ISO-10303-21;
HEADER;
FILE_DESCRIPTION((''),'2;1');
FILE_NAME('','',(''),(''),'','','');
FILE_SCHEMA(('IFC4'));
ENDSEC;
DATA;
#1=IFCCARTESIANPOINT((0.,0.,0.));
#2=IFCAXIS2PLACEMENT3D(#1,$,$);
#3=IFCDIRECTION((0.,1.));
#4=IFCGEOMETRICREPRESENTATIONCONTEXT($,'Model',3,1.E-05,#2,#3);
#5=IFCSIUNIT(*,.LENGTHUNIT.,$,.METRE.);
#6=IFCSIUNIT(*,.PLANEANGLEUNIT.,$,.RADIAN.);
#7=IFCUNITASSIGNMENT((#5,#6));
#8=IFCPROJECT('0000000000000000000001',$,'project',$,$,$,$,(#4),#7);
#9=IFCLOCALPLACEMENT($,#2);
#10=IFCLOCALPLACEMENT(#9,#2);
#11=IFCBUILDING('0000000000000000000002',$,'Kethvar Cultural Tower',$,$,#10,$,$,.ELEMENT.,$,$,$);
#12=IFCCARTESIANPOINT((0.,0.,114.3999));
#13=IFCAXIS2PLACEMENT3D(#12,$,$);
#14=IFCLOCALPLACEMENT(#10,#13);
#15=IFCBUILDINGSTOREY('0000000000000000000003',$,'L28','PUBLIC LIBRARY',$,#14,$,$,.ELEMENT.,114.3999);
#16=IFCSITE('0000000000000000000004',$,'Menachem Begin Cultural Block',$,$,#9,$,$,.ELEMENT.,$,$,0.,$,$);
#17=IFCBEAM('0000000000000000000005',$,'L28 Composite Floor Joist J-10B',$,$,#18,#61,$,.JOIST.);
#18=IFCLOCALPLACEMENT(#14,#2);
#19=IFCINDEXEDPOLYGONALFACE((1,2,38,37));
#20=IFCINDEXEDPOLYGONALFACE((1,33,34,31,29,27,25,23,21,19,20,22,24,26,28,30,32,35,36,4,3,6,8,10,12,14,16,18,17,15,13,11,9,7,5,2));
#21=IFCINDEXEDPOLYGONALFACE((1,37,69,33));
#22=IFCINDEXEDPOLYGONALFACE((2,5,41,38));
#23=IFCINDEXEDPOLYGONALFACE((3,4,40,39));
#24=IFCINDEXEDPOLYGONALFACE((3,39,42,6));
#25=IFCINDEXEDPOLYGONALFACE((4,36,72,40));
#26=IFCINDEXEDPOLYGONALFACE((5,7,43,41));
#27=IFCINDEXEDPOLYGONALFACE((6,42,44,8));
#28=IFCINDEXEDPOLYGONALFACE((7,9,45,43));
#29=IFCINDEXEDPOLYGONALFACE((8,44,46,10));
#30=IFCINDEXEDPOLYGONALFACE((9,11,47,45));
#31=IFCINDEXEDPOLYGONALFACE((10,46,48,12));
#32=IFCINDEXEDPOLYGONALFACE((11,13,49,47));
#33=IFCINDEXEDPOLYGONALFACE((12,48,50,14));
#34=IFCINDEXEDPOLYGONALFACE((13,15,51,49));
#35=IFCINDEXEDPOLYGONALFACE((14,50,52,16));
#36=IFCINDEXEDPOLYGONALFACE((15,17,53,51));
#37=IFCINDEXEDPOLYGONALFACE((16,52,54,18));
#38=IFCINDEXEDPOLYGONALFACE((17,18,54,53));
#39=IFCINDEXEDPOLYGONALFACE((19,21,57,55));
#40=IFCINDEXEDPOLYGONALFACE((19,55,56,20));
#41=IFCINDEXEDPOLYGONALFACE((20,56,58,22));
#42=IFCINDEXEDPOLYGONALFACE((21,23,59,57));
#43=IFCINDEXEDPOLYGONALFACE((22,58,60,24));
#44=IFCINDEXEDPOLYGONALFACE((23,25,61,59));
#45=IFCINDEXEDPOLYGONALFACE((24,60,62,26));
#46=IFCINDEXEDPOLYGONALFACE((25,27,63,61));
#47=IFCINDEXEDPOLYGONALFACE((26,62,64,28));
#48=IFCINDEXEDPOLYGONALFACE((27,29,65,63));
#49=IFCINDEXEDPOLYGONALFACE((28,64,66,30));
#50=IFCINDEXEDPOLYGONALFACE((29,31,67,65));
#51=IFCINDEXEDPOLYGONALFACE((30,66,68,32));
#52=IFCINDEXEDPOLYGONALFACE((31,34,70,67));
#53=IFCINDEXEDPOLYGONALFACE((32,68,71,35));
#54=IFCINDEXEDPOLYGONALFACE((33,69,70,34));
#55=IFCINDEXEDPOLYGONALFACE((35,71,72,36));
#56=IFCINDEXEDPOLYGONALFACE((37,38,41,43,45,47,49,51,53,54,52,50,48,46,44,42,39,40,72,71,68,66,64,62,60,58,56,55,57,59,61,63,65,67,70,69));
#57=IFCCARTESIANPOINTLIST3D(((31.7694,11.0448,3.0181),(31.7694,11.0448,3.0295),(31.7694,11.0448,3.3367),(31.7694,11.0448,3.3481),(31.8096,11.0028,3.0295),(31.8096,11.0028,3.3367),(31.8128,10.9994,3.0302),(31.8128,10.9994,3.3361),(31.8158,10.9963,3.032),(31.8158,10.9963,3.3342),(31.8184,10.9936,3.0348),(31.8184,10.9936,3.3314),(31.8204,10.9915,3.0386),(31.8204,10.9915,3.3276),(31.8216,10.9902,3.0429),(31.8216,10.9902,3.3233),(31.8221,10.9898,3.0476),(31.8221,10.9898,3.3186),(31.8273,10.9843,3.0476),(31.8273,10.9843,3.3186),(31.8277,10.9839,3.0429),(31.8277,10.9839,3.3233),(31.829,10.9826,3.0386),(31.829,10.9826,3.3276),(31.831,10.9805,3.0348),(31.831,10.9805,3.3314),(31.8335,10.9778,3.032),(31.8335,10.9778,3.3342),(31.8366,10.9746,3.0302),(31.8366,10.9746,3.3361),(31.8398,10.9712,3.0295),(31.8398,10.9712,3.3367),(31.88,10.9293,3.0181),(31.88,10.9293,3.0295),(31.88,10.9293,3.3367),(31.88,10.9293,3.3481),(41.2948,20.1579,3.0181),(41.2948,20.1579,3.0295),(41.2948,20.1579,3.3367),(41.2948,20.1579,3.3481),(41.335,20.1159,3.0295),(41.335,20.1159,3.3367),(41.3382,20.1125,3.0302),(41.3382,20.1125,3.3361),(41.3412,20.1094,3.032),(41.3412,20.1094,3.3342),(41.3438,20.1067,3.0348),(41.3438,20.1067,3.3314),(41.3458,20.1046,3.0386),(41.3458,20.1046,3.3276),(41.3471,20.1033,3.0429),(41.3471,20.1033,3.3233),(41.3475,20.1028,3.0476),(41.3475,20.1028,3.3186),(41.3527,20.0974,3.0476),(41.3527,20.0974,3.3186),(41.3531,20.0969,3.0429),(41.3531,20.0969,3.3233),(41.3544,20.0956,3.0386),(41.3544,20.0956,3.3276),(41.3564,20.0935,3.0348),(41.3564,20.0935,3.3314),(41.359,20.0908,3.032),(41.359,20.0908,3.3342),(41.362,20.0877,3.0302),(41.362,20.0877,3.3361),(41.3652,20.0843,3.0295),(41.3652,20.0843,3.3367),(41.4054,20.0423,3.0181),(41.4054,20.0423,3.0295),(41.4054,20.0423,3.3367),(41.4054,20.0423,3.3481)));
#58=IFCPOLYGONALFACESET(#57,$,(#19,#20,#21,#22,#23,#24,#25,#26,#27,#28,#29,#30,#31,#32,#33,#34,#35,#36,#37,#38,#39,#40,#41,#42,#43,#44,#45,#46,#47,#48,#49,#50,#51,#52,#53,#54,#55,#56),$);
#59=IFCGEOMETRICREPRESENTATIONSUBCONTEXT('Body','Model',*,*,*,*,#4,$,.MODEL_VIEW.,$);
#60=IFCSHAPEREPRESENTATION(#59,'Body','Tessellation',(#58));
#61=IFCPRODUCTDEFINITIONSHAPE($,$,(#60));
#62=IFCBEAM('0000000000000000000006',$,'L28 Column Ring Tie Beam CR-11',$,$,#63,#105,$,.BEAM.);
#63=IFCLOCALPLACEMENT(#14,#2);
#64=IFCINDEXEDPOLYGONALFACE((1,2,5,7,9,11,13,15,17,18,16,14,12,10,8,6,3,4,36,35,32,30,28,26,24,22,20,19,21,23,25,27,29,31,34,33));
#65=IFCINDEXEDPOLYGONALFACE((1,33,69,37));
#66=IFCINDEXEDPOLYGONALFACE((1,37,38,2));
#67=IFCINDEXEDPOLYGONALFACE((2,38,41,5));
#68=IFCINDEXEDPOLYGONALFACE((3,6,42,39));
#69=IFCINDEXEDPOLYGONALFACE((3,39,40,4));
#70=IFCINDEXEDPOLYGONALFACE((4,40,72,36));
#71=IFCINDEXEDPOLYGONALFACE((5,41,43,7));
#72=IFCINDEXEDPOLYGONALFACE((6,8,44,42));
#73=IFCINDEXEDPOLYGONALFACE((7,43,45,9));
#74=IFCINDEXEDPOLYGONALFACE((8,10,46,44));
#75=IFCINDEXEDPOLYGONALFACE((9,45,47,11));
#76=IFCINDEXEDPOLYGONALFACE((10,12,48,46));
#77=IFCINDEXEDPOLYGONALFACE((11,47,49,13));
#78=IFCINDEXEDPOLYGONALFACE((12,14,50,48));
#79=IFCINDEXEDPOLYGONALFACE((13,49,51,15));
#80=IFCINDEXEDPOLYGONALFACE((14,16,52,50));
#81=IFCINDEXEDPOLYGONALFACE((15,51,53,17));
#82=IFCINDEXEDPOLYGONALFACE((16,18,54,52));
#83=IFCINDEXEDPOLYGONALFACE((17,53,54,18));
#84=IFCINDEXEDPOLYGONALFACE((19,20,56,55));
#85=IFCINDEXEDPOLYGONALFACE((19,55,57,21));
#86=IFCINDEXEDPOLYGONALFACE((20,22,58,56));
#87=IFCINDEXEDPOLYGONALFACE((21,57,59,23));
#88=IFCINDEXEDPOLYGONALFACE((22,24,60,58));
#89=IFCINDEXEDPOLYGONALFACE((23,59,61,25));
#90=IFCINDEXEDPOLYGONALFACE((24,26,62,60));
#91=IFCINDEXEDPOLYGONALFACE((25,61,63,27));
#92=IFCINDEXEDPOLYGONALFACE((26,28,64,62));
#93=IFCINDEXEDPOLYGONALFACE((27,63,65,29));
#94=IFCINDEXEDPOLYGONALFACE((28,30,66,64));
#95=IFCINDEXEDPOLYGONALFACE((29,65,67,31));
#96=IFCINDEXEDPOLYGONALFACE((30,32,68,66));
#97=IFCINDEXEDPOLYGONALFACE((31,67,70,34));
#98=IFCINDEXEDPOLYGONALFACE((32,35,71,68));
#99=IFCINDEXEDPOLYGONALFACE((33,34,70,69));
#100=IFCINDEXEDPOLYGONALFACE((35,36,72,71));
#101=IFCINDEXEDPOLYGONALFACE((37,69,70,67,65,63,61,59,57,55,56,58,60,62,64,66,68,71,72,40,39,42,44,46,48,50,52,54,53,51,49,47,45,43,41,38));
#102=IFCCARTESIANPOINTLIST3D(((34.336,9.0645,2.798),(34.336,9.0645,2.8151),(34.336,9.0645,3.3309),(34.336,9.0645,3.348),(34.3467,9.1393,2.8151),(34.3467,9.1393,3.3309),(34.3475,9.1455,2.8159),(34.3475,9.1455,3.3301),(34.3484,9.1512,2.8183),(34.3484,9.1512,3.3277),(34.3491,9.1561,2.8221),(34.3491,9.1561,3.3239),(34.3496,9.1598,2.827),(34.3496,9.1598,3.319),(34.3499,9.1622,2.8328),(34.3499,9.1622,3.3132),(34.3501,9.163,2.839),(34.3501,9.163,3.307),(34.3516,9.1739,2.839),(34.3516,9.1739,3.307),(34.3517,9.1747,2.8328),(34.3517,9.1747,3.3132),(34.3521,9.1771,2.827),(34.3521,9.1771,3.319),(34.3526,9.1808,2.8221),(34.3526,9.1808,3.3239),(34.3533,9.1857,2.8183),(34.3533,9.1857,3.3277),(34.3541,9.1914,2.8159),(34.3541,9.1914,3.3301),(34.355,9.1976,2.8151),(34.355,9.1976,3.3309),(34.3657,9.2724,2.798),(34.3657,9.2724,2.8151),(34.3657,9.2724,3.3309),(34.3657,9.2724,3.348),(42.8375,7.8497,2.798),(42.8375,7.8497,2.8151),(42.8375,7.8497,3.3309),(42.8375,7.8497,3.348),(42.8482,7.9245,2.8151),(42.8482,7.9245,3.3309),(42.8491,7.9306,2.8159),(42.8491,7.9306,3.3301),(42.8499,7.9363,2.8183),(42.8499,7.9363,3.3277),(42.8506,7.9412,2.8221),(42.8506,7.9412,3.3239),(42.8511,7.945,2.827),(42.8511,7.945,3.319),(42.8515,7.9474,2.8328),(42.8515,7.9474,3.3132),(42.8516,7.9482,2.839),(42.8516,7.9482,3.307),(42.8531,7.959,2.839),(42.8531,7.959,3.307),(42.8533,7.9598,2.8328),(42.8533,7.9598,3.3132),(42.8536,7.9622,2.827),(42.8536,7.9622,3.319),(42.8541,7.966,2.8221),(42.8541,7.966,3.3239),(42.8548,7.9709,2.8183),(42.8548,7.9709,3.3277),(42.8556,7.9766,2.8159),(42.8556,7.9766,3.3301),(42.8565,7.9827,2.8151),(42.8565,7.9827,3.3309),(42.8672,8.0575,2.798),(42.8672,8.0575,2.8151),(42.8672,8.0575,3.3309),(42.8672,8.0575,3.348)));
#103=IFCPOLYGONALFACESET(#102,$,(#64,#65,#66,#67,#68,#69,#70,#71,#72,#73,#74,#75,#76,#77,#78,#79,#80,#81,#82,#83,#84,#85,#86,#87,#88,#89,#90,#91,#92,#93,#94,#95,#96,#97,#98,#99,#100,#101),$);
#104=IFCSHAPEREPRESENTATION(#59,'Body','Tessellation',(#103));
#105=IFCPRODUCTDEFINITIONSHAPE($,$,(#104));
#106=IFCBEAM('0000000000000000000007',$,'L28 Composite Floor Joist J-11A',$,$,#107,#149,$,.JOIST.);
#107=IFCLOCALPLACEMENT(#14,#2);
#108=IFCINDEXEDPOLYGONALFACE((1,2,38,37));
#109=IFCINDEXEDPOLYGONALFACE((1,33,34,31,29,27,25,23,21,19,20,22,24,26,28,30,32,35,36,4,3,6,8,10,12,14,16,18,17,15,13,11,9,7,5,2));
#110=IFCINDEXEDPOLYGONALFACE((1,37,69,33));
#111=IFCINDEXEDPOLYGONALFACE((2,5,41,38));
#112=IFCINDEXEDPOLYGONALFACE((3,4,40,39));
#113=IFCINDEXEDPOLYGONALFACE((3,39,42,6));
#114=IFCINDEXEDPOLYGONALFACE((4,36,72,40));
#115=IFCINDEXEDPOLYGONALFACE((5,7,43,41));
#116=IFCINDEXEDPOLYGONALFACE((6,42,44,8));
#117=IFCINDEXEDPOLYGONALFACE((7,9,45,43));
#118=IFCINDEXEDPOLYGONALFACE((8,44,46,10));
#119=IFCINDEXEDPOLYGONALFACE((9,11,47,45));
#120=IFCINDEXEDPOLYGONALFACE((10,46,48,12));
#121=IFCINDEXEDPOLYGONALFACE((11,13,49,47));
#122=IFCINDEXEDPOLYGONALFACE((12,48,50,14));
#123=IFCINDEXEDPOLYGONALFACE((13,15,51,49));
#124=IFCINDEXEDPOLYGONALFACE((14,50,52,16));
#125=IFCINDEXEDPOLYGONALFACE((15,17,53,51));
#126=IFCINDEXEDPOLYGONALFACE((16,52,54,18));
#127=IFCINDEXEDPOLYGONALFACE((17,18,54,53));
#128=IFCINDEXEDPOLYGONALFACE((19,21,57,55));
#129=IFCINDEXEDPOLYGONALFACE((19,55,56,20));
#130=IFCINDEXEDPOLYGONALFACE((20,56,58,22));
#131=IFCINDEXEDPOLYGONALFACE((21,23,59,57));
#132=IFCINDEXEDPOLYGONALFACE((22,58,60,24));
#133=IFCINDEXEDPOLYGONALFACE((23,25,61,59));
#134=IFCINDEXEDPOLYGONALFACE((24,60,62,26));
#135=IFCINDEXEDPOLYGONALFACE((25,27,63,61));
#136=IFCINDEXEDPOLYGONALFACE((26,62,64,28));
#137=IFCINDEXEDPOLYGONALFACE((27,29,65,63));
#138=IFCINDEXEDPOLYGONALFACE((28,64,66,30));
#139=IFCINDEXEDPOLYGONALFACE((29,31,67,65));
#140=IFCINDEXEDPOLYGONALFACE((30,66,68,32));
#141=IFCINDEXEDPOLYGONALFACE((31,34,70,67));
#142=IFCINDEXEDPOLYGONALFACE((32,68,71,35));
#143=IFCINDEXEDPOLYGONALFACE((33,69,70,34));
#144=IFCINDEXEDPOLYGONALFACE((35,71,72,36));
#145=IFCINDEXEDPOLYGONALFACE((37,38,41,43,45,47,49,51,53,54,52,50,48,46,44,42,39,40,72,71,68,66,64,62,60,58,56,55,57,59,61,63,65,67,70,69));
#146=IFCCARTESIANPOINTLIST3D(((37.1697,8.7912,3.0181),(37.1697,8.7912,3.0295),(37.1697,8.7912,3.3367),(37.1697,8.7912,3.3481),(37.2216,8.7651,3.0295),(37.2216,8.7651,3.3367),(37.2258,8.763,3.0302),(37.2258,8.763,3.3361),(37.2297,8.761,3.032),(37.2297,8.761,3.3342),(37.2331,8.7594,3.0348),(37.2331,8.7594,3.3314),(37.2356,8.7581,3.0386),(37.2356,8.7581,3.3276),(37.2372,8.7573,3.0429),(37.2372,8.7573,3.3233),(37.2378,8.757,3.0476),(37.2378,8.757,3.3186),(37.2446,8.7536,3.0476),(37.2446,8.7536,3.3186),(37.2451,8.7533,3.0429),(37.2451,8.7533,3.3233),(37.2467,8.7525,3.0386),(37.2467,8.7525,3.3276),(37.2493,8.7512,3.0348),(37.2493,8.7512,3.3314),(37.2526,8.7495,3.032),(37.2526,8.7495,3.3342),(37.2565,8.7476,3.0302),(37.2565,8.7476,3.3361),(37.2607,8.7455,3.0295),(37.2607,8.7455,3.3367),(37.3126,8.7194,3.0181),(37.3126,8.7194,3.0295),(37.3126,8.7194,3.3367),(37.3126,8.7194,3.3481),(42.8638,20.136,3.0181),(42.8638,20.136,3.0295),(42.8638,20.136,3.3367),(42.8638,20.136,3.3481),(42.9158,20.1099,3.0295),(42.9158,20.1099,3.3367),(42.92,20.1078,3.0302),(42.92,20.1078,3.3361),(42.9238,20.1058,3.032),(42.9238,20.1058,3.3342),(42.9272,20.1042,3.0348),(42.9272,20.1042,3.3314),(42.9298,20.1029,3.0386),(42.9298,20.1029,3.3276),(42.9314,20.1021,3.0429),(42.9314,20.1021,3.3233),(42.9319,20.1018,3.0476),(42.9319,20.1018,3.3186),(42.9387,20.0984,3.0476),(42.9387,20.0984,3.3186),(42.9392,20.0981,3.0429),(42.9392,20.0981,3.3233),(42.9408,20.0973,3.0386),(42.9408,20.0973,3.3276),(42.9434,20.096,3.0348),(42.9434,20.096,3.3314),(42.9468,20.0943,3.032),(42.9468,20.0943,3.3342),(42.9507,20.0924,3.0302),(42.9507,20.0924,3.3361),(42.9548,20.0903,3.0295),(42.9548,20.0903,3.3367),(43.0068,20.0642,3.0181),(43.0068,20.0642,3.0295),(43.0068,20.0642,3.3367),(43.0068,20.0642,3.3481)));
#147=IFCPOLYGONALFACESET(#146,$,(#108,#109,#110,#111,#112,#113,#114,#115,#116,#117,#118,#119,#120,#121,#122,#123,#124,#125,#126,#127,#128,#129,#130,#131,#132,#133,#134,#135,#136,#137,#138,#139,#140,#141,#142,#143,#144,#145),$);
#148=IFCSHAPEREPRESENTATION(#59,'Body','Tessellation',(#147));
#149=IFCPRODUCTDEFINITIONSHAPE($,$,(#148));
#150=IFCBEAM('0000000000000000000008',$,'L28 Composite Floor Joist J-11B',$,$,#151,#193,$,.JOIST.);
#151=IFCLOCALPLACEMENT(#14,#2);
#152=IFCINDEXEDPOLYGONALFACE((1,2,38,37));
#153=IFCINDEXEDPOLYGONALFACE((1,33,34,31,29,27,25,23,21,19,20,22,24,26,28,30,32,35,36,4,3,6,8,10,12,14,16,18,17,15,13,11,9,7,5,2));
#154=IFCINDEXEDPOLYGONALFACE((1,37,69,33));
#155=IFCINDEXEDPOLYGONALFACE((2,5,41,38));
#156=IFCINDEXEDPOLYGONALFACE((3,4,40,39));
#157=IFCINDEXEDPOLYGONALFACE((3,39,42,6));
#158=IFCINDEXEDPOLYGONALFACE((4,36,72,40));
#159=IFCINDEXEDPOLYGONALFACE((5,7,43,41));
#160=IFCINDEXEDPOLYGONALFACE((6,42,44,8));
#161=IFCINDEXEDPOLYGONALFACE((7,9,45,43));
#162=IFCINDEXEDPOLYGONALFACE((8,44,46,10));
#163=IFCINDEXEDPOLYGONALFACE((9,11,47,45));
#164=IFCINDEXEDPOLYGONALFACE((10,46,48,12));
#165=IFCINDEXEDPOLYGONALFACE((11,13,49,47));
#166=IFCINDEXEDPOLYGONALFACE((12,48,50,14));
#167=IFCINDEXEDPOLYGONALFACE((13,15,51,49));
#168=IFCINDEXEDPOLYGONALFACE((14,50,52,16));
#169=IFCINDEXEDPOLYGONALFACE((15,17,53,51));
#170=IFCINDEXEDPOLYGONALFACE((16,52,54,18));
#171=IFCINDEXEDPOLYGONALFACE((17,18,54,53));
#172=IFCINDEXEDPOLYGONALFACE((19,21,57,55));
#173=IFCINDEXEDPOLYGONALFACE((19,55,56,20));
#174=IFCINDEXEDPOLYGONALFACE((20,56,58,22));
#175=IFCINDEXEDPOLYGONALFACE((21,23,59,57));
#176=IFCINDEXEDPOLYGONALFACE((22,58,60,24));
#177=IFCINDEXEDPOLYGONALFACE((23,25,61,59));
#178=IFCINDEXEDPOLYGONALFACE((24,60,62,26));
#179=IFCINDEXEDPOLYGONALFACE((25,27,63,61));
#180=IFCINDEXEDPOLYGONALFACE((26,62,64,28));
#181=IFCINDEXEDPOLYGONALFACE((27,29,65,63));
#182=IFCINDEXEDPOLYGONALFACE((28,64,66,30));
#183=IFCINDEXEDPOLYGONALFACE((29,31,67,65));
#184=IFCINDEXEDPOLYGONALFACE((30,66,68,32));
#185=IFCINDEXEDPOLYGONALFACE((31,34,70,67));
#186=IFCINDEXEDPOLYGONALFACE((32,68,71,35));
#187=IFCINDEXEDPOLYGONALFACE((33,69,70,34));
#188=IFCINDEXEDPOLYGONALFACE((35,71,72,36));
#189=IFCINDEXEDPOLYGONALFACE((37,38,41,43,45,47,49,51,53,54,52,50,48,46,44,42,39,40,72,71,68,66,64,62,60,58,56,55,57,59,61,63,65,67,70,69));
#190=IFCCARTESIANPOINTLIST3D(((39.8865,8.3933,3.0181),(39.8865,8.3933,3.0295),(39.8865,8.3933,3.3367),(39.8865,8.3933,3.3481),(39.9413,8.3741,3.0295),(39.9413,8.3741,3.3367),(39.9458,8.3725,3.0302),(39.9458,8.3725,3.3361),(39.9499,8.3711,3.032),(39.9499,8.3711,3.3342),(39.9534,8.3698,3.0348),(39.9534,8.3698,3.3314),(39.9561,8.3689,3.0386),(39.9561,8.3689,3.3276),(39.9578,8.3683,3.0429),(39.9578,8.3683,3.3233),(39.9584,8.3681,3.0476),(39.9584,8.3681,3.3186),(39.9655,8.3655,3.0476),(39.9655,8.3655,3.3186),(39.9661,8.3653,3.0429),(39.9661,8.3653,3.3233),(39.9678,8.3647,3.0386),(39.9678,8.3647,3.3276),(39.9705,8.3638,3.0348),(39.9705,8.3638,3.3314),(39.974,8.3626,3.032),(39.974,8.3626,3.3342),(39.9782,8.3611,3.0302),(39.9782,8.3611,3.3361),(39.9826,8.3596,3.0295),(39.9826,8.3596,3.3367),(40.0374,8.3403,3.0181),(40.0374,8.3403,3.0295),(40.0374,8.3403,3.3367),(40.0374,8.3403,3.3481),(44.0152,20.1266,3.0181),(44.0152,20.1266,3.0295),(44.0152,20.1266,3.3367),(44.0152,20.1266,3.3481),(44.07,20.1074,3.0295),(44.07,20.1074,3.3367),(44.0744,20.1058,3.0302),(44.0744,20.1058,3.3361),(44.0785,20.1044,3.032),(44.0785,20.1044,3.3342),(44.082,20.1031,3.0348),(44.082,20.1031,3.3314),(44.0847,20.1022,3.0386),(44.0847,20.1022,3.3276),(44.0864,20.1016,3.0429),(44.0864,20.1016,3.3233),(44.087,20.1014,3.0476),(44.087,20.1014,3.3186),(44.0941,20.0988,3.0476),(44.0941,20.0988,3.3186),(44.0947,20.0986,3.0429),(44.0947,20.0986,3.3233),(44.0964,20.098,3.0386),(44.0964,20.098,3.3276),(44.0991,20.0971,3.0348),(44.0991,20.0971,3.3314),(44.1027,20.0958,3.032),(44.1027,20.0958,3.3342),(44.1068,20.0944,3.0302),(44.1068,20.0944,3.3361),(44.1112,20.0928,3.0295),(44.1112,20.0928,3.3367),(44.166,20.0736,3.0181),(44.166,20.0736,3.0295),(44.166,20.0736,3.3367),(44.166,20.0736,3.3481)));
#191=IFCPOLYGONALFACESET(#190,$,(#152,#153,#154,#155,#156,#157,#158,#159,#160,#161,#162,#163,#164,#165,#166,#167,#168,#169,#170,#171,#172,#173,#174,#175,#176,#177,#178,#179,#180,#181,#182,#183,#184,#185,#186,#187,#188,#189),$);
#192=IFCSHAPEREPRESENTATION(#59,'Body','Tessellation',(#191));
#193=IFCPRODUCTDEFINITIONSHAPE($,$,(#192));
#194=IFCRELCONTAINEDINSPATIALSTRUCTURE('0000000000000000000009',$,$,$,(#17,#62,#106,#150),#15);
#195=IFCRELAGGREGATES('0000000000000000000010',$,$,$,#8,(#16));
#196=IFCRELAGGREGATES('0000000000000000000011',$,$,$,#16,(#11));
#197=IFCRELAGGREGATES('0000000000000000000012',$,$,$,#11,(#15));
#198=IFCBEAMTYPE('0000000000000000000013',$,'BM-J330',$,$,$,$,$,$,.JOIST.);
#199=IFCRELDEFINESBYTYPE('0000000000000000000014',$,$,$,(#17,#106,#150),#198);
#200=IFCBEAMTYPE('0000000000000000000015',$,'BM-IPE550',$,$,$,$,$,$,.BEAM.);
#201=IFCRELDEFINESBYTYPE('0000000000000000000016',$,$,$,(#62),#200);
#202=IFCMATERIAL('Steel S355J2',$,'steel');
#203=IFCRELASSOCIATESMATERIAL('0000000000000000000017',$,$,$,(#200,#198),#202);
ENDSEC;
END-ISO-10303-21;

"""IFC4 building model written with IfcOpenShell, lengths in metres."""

from ifc_helpers import new_model, si_unit, direction, frame, origin, origin_2d, place, context, subcontext, project, spatial, i_section, extrude, source, transform, mapped, material, material_profile, profile_set, type_object, element, save


model = new_model("IFC4")

# Units and contexts
model_context = context("Model", 3, precision=1e-05, world=origin(), true_north=direction((0.0, 1.0)))
body_context = subcontext(model_context, "Body", "Model", "MODEL_VIEW")
ifc_project = project(units=[si_unit("LENGTHUNIT", "METRE"), si_unit("PLANEANGLEUNIT", "RADIAN")], contexts=[model_context])

# Site, building, storey
site_placement = place(None, origin())
site = spatial("IfcSite", under=ifc_project, at=site_placement, Name="Menachem Begin Cultural Block", CompositionType="ELEMENT", RefElevation=0.0)
building_placement = place(site_placement, origin())
building = spatial("IfcBuilding", under=site, at=building_placement, Name="Kethvar Cultural Tower", CompositionType="ELEMENT")
storey_placement = place(building_placement, frame((0.0, 0.0, 114.3999)))
storey = spatial("IfcBuildingStorey", under=building, at=storey_placement, Name="L28", Description="PUBLIC LIBRARY", CompositionType="ELEMENT", Elevation=114.3999)

# Beams
ifc_material_1 = material(Name="Steel S355J2", Category="steel")
ifc_material_profile_1 = material_profile(ifc_material_1, i_section(OverallWidth=0.21, OverallDepth=0.55, WebThickness=0.011, FlangeThickness=0.0171, FilletRadius=0.0239, at=origin_2d()), Name="Steel S355J2 — IPE550")
ifc_profile_set_1 = profile_set([ifc_material_profile_1], Name="Steel S355J2 — IPE550")
beam_type_1 = type_object("IfcBeamType", Name="BM-IPE550", PredefinedType="BEAM", material=ifc_profile_set_1)
ifc_material_profile_2 = material_profile(ifc_material_1, i_section(OverallWidth=0.1599, OverallDepth=0.3301, WebThickness=0.0076, FlangeThickness=0.0115, FilletRadius=0.0181, at=origin_2d()), Name="Steel S355J2 — IPE330")
ifc_profile_set_2 = profile_set([ifc_material_profile_2], Name="Steel S355J2 — IPE330")
beam_type_2 = type_object("IfcBeamType", Name="BM-J330", PredefinedType="JOIST", material=ifc_profile_set_2)
shared_shape_1 = source(origin(), body_context, "Body", "SweptSolid", [
    extrude(i_section(OverallWidth=0.1599, OverallDepth=0.3301, WebThickness=0.0076, FlangeThickness=0.0115, FilletRadius=0.0181, at=origin_2d()), origin(), (0.0, 0.0, 1.0), 13.1826),
])
beam_1_placement = place(storey_placement, frame((41.3501, 20.1001, 3.1831), z_axis=(-0.722574, -0.691294, 0.0), x_axis=(0.691294, -0.722574, 0.0)))
element("IfcBeam", 1, at=beam_1_placement, inside=storey, type_object=beam_type_2, Name="L28 Composite Floor Joist J-10B", PredefinedType="JOIST", context=body_context, shape_type="MappedRepresentation", body=[
    mapped(shared_shape_1, transform((0.0, 0.0, 0.0), scale=1.0)),
])
shared_shape_2 = source(origin(), body_context, "Body", "SweptSolid", [
    extrude(i_section(OverallWidth=0.21, OverallDepth=0.55, WebThickness=0.011, FlangeThickness=0.0171, FilletRadius=0.0239, at=origin_2d()), origin(), (0.0, 0.0, 1.0), 8.5879),
])
beam_2_placement = place(storey_placement, frame((34.3508, 9.1685, 3.073), z_axis=(0.989944, -0.141461, 0.0), x_axis=(0.141461, 0.989944, 0.0)))
element("IfcBeam", 2, at=beam_2_placement, inside=storey, type_object=beam_type_1, Name="L28 Column Ring Tie Beam CR-11", PredefinedType="BEAM", context=body_context, shape_type="MappedRepresentation", body=[
    mapped(shared_shape_2, transform((0.0, 0.0, 0.0), scale=1.0)),
])
shared_shape_3 = source(origin(), body_context, "Body", "SweptSolid", [
    extrude(i_section(OverallWidth=0.1599, OverallDepth=0.3301, WebThickness=0.0076, FlangeThickness=0.0115, FilletRadius=0.0181, at=origin_2d()), origin(), (0.0, 0.0, 1.0), 12.6936),
])
beam_3_placement = place(storey_placement, frame((42.9353, 20.1001, 3.1831), z_axis=(-0.448582, -0.893741, 0.0), x_axis=(0.893741, -0.448582, 0.0)))
element("IfcBeam", 3, at=beam_3_placement, inside=storey, type_object=beam_type_2, Name="L28 Composite Floor Joist J-11A", PredefinedType="JOIST", context=body_context, shape_type="MappedRepresentation", body=[
    mapped(shared_shape_3, transform((0.0, 0.0, 0.0), scale=1.0)),
])
shared_shape_4 = source(origin(), body_context, "Body", "SweptSolid", [
    extrude(i_section(OverallWidth=0.1599, OverallDepth=0.3301, WebThickness=0.0076, FlangeThickness=0.0115, FilletRadius=0.0181, at=origin_2d()), origin(), (0.0, 0.0, 1.0), 12.4385),
])
beam_4_placement = place(storey_placement, frame((44.0906, 20.1001, 3.1831), z_axis=(-0.331924, -0.943306, 0.0), x_axis=(0.943306, -0.331924, 0.0)))
element("IfcBeam", 4, at=beam_4_placement, inside=storey, type_object=beam_type_2, Name="L28 Composite Floor Joist J-11B", PredefinedType="JOIST", context=body_context, shape_type="MappedRepresentation", body=[
    mapped(shared_shape_4, transform((0.0, 0.0, 0.0), scale=1.0)),
])

save(model, "model.ifc")
